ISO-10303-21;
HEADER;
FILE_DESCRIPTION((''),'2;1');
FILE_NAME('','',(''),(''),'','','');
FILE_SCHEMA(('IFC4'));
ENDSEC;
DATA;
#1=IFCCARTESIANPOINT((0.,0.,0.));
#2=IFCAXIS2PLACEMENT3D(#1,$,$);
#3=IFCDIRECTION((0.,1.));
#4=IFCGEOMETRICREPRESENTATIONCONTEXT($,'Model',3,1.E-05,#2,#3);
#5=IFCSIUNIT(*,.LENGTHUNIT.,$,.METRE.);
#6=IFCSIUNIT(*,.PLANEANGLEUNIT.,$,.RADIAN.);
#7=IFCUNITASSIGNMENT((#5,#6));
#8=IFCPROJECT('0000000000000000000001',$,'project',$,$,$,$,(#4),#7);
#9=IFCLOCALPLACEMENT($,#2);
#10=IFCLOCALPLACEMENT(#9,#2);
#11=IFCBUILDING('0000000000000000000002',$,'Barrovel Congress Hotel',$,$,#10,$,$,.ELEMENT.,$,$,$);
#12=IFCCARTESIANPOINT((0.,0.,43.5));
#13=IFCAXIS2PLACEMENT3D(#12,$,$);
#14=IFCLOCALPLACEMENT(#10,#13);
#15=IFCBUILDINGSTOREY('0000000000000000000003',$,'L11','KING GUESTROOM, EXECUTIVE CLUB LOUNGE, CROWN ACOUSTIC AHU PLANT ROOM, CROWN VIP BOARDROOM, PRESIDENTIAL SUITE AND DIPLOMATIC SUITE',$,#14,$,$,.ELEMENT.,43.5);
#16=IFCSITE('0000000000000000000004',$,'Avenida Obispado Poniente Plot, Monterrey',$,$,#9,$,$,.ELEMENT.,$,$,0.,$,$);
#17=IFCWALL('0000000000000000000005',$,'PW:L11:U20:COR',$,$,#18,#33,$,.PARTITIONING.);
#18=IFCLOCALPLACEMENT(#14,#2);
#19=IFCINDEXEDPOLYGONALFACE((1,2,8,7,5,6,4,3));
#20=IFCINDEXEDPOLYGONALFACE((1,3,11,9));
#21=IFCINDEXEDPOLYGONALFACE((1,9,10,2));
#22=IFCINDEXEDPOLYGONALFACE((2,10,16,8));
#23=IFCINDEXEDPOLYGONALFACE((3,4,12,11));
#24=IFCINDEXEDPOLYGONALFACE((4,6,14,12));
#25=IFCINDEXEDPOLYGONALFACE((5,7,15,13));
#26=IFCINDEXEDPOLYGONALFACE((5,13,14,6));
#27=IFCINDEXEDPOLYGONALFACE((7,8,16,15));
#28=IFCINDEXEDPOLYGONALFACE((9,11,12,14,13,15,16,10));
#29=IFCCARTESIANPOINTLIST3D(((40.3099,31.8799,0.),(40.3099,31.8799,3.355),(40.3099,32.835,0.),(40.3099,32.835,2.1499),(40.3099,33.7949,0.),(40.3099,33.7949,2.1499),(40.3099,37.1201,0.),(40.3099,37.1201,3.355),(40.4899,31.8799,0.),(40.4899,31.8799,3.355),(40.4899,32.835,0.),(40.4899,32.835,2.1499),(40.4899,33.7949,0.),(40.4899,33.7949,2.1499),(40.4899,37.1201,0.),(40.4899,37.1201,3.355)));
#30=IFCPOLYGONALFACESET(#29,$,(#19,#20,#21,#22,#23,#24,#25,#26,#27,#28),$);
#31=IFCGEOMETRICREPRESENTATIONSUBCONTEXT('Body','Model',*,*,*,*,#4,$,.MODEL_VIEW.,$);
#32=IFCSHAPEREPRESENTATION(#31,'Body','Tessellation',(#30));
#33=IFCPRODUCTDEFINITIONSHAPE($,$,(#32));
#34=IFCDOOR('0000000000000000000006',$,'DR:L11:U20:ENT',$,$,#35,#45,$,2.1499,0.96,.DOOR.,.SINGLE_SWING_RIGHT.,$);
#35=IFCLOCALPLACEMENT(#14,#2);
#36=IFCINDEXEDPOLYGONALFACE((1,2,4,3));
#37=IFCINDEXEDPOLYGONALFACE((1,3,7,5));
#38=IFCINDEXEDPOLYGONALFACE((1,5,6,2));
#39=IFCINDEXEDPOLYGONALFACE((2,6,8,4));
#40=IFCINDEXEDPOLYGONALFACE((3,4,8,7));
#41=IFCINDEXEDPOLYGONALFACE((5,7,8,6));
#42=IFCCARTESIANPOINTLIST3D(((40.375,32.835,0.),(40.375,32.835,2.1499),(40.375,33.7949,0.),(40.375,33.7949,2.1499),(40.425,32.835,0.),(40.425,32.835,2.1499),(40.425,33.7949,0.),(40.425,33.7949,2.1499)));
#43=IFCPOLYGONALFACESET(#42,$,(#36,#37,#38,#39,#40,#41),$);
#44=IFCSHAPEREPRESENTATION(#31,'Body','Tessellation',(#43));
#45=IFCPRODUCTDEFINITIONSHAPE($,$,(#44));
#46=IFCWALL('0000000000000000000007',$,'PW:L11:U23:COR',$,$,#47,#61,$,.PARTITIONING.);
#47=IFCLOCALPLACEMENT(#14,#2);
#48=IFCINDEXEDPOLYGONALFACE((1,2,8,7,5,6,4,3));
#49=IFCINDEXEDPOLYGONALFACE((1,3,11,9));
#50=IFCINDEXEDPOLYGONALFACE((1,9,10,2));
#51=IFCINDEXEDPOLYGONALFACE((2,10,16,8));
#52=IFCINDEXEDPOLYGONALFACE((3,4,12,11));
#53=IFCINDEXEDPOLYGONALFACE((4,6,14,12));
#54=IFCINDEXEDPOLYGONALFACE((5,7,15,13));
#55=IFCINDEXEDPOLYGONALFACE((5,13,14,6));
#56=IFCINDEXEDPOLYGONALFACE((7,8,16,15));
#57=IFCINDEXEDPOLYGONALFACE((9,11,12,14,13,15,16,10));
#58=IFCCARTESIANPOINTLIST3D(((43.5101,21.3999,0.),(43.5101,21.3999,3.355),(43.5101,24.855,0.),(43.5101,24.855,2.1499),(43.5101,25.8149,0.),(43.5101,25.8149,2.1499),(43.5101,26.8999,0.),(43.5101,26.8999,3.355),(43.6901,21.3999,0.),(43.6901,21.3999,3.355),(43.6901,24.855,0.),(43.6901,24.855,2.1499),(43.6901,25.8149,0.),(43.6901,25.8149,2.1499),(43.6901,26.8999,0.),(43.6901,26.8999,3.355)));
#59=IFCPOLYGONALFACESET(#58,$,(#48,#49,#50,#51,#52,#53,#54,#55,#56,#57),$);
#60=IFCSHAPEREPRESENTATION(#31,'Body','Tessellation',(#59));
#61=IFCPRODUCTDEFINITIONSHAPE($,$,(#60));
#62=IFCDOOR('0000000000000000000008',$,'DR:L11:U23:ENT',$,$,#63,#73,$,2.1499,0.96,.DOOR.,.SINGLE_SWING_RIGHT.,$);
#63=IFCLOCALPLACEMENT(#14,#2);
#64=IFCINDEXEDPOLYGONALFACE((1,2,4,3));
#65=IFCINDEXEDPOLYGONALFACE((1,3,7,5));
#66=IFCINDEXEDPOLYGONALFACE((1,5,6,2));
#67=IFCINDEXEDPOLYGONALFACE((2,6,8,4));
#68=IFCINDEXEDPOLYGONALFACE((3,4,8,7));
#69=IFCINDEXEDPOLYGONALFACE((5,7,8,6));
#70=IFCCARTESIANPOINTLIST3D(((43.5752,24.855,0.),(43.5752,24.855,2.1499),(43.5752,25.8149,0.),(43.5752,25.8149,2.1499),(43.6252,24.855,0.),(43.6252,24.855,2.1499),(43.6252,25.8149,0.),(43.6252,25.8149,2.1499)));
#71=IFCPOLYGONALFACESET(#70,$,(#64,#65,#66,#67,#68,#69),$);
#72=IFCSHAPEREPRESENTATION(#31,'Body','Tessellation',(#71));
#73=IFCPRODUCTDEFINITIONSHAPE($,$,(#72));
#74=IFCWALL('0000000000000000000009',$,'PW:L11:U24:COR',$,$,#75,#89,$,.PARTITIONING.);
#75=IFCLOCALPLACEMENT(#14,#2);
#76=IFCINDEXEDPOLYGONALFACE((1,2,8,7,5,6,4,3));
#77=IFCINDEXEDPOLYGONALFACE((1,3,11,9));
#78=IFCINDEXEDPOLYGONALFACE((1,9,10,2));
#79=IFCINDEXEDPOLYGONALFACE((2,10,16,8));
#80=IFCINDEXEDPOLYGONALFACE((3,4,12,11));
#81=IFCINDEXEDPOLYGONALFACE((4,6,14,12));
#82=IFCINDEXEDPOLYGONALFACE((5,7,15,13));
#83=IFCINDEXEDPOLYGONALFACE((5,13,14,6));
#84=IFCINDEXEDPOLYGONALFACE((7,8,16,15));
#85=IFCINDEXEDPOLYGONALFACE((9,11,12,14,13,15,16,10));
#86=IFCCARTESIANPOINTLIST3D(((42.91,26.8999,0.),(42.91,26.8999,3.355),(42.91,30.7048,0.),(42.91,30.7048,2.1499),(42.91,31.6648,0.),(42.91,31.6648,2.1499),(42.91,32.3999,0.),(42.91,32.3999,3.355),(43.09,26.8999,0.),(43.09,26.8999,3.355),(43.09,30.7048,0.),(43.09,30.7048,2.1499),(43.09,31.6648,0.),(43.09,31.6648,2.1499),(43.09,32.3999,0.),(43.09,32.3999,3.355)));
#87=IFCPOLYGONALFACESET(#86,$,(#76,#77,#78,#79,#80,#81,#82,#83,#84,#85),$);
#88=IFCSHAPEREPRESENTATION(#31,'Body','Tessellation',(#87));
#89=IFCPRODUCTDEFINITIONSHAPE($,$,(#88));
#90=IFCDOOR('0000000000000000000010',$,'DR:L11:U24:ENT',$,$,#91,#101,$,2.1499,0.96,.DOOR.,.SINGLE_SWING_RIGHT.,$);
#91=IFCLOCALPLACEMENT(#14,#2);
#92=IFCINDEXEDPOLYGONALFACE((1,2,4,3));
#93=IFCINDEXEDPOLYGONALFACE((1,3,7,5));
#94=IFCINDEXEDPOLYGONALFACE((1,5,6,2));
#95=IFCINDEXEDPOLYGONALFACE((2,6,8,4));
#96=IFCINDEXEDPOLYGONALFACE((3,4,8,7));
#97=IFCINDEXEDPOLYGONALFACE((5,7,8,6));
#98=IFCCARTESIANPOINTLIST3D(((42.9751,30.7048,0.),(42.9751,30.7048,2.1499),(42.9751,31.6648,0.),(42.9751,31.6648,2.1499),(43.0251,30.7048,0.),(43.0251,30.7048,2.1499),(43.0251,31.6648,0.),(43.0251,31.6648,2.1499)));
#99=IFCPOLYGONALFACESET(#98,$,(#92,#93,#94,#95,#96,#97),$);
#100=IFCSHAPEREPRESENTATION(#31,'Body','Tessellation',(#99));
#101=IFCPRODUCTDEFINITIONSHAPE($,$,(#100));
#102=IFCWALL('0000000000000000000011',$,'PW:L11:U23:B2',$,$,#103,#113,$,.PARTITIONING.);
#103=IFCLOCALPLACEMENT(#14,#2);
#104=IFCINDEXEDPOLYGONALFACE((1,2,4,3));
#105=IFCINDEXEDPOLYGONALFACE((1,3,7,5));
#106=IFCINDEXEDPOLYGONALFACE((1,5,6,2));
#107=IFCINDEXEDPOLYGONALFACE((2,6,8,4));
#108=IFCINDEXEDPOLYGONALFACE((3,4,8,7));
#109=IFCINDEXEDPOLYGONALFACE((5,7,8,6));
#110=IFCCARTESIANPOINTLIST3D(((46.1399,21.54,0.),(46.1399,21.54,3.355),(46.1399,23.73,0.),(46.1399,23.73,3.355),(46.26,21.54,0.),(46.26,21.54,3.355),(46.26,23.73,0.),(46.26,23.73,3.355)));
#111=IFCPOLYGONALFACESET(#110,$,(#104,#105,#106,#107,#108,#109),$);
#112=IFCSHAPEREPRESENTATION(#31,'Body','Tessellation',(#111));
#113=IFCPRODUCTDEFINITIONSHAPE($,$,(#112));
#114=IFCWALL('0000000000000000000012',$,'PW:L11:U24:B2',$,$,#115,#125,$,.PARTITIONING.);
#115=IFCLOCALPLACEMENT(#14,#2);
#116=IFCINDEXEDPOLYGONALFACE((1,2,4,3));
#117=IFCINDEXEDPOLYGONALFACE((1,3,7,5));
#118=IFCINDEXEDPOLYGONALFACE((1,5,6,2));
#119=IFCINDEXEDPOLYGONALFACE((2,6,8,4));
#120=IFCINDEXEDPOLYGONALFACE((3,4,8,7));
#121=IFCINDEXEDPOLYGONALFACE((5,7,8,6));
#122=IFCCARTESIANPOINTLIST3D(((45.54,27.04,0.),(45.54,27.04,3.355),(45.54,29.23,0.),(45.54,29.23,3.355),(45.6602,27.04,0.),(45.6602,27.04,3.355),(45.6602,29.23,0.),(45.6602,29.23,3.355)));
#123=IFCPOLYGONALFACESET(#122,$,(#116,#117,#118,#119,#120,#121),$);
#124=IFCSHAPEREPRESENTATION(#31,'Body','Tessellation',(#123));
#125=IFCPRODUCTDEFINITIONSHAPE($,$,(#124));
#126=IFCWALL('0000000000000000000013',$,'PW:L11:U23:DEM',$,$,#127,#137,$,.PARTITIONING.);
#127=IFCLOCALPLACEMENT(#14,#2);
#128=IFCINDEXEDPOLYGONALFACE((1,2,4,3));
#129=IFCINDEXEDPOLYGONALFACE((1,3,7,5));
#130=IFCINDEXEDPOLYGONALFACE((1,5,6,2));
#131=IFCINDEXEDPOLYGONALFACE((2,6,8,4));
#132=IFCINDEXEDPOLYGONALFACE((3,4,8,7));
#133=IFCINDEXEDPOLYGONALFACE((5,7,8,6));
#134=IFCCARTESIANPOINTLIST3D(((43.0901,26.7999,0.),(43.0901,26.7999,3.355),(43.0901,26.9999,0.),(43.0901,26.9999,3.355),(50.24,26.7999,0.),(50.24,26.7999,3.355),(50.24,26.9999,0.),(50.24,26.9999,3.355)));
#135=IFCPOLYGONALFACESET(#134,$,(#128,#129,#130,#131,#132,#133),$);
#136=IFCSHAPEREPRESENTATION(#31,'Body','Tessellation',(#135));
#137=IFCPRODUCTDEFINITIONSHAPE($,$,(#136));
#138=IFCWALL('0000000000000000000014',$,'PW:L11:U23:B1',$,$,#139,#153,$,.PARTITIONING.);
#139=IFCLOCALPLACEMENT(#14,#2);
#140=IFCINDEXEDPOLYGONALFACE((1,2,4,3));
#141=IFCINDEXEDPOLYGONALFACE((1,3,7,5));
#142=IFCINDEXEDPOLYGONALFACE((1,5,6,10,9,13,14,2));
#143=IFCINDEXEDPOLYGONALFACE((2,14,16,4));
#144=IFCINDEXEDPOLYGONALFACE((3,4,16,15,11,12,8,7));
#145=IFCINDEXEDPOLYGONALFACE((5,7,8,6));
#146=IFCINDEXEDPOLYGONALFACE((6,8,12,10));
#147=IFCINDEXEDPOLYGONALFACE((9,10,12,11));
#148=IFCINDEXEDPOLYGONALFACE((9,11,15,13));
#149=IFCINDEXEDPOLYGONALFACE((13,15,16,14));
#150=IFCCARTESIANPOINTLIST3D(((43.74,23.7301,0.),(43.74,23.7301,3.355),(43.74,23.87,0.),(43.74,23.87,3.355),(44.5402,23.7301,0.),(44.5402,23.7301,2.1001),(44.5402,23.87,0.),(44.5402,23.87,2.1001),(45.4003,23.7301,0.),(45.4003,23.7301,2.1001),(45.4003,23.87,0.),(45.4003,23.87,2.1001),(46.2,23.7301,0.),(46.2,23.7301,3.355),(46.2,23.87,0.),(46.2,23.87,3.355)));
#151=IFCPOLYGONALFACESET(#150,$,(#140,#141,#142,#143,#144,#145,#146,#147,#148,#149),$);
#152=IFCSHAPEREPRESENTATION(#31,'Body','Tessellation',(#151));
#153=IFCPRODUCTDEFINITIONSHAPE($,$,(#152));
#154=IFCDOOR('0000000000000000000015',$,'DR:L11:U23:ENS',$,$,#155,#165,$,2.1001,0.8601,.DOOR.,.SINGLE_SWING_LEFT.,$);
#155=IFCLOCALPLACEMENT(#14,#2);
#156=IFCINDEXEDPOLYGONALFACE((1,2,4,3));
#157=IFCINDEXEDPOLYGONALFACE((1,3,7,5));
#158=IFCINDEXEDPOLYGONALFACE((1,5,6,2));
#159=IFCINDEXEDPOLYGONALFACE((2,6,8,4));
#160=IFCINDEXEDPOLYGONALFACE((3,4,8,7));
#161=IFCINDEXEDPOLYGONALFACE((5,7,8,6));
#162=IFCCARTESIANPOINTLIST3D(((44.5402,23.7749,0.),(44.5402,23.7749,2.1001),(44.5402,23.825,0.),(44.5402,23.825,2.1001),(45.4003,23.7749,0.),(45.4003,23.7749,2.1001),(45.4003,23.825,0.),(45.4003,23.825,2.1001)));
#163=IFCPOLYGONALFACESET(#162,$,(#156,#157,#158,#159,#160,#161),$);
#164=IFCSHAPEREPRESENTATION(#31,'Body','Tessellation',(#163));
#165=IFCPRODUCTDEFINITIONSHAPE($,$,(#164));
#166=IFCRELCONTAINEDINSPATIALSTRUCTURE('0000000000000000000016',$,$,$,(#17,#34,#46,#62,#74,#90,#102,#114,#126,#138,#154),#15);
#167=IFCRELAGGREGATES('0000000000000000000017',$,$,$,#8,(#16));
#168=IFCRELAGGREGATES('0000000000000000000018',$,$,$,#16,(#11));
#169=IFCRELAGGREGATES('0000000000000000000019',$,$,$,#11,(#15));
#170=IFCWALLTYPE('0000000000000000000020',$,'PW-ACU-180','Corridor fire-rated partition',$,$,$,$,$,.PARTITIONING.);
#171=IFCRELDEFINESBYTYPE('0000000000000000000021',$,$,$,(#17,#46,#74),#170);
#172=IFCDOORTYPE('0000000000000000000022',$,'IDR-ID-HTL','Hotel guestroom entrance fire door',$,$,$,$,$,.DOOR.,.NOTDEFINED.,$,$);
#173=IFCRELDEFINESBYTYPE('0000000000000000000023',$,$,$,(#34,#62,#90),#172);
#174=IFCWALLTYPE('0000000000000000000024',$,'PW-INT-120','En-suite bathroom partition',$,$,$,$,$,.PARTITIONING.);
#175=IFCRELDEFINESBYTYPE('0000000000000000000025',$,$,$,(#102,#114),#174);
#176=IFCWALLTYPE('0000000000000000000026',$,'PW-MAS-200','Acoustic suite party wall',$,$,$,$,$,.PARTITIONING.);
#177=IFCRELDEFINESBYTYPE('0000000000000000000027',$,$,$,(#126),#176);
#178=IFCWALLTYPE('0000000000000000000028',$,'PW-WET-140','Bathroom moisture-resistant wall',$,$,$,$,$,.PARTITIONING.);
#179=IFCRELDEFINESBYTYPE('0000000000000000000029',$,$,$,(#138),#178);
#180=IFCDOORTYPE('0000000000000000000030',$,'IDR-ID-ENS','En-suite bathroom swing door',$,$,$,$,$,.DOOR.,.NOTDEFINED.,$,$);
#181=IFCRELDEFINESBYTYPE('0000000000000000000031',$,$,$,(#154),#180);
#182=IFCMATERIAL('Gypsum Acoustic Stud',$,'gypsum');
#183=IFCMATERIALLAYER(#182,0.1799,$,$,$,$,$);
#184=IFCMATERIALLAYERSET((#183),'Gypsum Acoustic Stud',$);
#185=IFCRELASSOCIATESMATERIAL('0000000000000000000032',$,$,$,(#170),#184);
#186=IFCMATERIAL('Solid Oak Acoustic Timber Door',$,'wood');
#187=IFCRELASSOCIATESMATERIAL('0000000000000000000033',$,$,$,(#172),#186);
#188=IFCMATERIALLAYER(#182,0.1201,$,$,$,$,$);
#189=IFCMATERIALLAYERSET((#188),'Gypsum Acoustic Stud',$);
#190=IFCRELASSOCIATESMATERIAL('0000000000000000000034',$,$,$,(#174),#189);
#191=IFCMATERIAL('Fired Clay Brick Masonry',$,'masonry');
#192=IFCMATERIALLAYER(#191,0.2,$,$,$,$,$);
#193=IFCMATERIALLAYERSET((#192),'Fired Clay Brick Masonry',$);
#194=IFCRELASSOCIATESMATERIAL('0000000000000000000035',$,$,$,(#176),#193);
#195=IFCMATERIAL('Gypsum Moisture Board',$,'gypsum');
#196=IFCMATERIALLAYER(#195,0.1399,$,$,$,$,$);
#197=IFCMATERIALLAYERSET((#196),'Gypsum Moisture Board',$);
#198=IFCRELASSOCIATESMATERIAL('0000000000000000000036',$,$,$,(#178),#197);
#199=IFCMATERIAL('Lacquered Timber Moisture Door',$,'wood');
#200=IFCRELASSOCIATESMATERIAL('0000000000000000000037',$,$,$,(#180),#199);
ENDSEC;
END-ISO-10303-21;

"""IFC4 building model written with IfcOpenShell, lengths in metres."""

from ifc_helpers import new_model, si_unit, direction, frame, frame_2d, origin, place, context, subcontext, project, spatial, rectangle, extrude, material, layer, layer_set, type_object, element, fill, save


model = new_model("IFC4")

# Units and contexts
model_context = context("Model", 3, precision=1e-05, world=origin(), true_north=direction((0.0, 1.0)))
body_context = subcontext(model_context, "Body", "Model", "MODEL_VIEW")
ifc_project = project(units=[si_unit("LENGTHUNIT", "METRE"), si_unit("PLANEANGLEUNIT", "RADIAN")], contexts=[model_context])

# Site, building, storey
site_placement = place(None, origin())
site = spatial("IfcSite", under=ifc_project, at=site_placement, Name="Avenida Obispado Poniente Plot, Monterrey", CompositionType="ELEMENT", RefElevation=0.0)
building_placement = place(site_placement, origin())
building = spatial("IfcBuilding", under=site, at=building_placement, Name="Barrovel Congress Hotel", CompositionType="ELEMENT")
storey_placement = place(building_placement, frame((0.0, 0.0, 43.5)))
storey = spatial("IfcBuildingStorey", under=building, at=storey_placement, Name="L11", Description="KING GUESTROOM, EXECUTIVE CLUB LOUNGE, CROWN ACOUSTIC AHU PLANT ROOM, CROWN VIP BOARDROOM, PRESIDENTIAL SUITE AND DIPLOMATIC SUITE", CompositionType="ELEMENT", Elevation=43.5)

# Walls, openings, doors
ifc_material_1 = material(Name="Gypsum Acoustic Stud", Category="gypsum")
ifc_layer_1 = layer(ifc_material_1, 0.1799)
ifc_layer_set_1 = layer_set([ifc_layer_1], Name="Gypsum Acoustic Stud")
wall_type_1 = type_object("IfcWallType", Name="PW-ACU-180", Description="Corridor fire-rated partition", PredefinedType="PARTITIONING", material=ifc_layer_set_1)
ifc_material_2 = material(Name="Solid Oak Acoustic Timber Door", Category="wood")
door_type_1 = type_object("IfcDoorType", Name="IDR-ID-HTL", Description="Hotel guestroom entrance fire door", OperationType="NOTDEFINED", PredefinedType="DOOR", material=ifc_material_2)
wall_1_placement = place(storey_placement, frame((40.3999, 31.8799, 0.0), z_axis=(0.0, 0.0, 1.0), x_axis=(0.0, 1.0, 0.0)))
wall_1 = element("IfcWall", 1, at=wall_1_placement, inside=storey, type_object=wall_type_1, Name="PW:L11:U20:COR", PredefinedType="PARTITIONING", context=body_context, shape_type="SweptSolid", body=[
    extrude(rectangle(XDim=5.2402, YDim=0.1799, at=frame_2d((2.6201, 0.0))), origin(), (0.0, 0.0, 1.0), 3.355),
])
opening_1_placement = place(wall_1_placement, frame((0.9551, 0.0, 0.0)))
opening_1 = element("IfcOpeningElement", 2, at=opening_1_placement, cuts=wall_1, PredefinedType="OPENING", context=body_context, shape_type="SweptSolid", body=[
    extrude(rectangle(XDim=0.96, YDim=2.1499, at=frame_2d((0.48, 1.075))), frame((0.0, 0.1001, 0.0), z_axis=(0.0, -1.0, 0.0), x_axis=(1.0, 0.0, 0.0)), (0.0, 0.0, 1.0), 0.2),
])
door_1_placement = place(opening_1_placement, origin())
door_1 = element("IfcDoor", 3, at=door_1_placement, inside=storey, type_object=door_type_1, Name="DR:L11:U20:ENT", OperationType="SINGLE_SWING_RIGHT", OverallHeight=2.1499, OverallWidth=0.96, PredefinedType="DOOR", context=body_context, shape_type="SweptSolid", body=[
    extrude(rectangle(XDim=0.96, YDim=2.1499, at=frame_2d((0.48, 1.075))), frame((0.0, 0.0249, 0.0), z_axis=(0.0, -1.0, 0.0), x_axis=(1.0, 0.0, 0.0)), (0.0, 0.0, 1.0), 0.05),
])
fill(opening_1, door_1)
wall_2_placement = place(storey_placement, frame((43.6001, 21.3999, 0.0), z_axis=(0.0, 0.0, 1.0), x_axis=(0.0, 1.0, 0.0)))
wall_2 = element("IfcWall", 4, at=wall_2_placement, inside=storey, type_object=wall_type_1, Name="PW:L11:U23:COR", PredefinedType="PARTITIONING", context=body_context, shape_type="SweptSolid", body=[
    extrude(rectangle(XDim=5.5, YDim=0.1799, at=frame_2d((2.75, 0.0))), origin(), (0.0, 0.0, 1.0), 3.355),
])
opening_2_placement = place(wall_2_placement, frame((3.4551, 0.0, 0.0)))
opening_2 = element("IfcOpeningElement", 5, at=opening_2_placement, cuts=wall_2, PredefinedType="OPENING", context=body_context, shape_type="SweptSolid", body=[
    extrude(rectangle(XDim=0.96, YDim=2.1499, at=frame_2d((0.48, 1.075))), frame((0.0, 0.1001, 0.0), z_axis=(0.0, -1.0, 0.0), x_axis=(1.0, 0.0, 0.0)), (0.0, 0.0, 1.0), 0.2),
])
door_2_placement = place(opening_2_placement, origin())
door_2 = element("IfcDoor", 6, at=door_2_placement, inside=storey, type_object=door_type_1, Name="DR:L11:U23:ENT", OperationType="SINGLE_SWING_RIGHT", OverallHeight=2.1499, OverallWidth=0.96, PredefinedType="DOOR", context=body_context, shape_type="SweptSolid", body=[
    extrude(rectangle(XDim=0.96, YDim=2.1499, at=frame_2d((0.48, 1.075))), frame((0.0, 0.0249, 0.0), z_axis=(0.0, -1.0, 0.0), x_axis=(1.0, 0.0, 0.0)), (0.0, 0.0, 1.0), 0.05),
])
fill(opening_2, door_2)
wall_3_placement = place(storey_placement, frame((43.0, 26.8999, 0.0), z_axis=(0.0, 0.0, 1.0), x_axis=(0.0, 1.0, 0.0)))
wall_3 = element("IfcWall", 7, at=wall_3_placement, inside=storey, type_object=wall_type_1, Name="PW:L11:U24:COR", PredefinedType="PARTITIONING", context=body_context, shape_type="SweptSolid", body=[
    extrude(rectangle(XDim=5.5, YDim=0.1799, at=frame_2d((2.75, 0.0))), origin(), (0.0, 0.0, 1.0), 3.355),
])
opening_3_placement = place(wall_3_placement, frame((3.8049, 0.0, 0.0)))
opening_3 = element("IfcOpeningElement", 8, at=opening_3_placement, cuts=wall_3, PredefinedType="OPENING", context=body_context, shape_type="SweptSolid", body=[
    extrude(rectangle(XDim=0.96, YDim=2.1499, at=frame_2d((0.48, 1.075))), frame((0.0, 0.1001, 0.0), z_axis=(0.0, -1.0, 0.0), x_axis=(1.0, 0.0, 0.0)), (0.0, 0.0, 1.0), 0.2),
])
door_3_placement = place(opening_3_placement, origin())
door_3 = element("IfcDoor", 9, at=door_3_placement, inside=storey, type_object=door_type_1, Name="DR:L11:U24:ENT", OperationType="SINGLE_SWING_RIGHT", OverallHeight=2.1499, OverallWidth=0.96, PredefinedType="DOOR", context=body_context, shape_type="SweptSolid", body=[
    extrude(rectangle(XDim=0.96, YDim=2.1499, at=frame_2d((0.48, 1.075))), frame((0.0, 0.0249, 0.0), z_axis=(0.0, -1.0, 0.0), x_axis=(1.0, 0.0, 0.0)), (0.0, 0.0, 1.0), 0.05),
])
fill(opening_3, door_3)

# Walls
ifc_layer_2 = layer(ifc_material_1, 0.1201)
ifc_layer_set_2 = layer_set([ifc_layer_2], Name="Gypsum Acoustic Stud")
wall_type_2 = type_object("IfcWallType", Name="PW-INT-120", Description="En-suite bathroom partition", PredefinedType="PARTITIONING", material=ifc_layer_set_2)
for number, where, z_axis, x_axis, name in (
    (10, (46.2, 21.54, 0.0), (0.0, 0.0, 1.0), (0.0, 1.0, 0.0), "PW:L11:U23:B2"),
    (11, (45.6001, 27.04, 0.0), (0.0, 0.0, 1.0), (0.0, 1.0, 0.0), "PW:L11:U24:B2"),
):
    element("IfcWall", number, at=place(storey_placement, frame(where, z_axis=z_axis, x_axis=x_axis)), inside=storey, type_object=wall_type_2, Name=name, PredefinedType="PARTITIONING", context=body_context, shape_type="SweptSolid", body=[
        extrude(rectangle(XDim=2.1899, YDim=0.1201, at=frame_2d((1.095, 0.0))), origin(), (0.0, 0.0, 1.0), 3.355),
    ])
ifc_material_3 = material(Name="Fired Clay Brick Masonry", Category="masonry")
ifc_layer_3 = layer(ifc_material_3, 0.2)
ifc_layer_set_3 = layer_set([ifc_layer_3], Name="Fired Clay Brick Masonry")
wall_type_3 = type_object("IfcWallType", Name="PW-MAS-200", Description="Acoustic suite party wall", PredefinedType="PARTITIONING", material=ifc_layer_set_3)
wall_4_placement = place(storey_placement, frame((43.0901, 26.8999, 0.0), z_axis=(0.0, 0.0, 1.0), x_axis=(1.0, 0.0, 0.0)))
element("IfcWall", 12, at=wall_4_placement, inside=storey, type_object=wall_type_3, Name="PW:L11:U23:DEM", PredefinedType="PARTITIONING", context=body_context, shape_type="SweptSolid", body=[
    extrude(rectangle(XDim=7.1499, YDim=0.2, at=frame_2d((3.575, 0.0))), origin(), (0.0, 0.0, 1.0), 3.355),
])

# Wall, opening, door
ifc_material_4 = material(Name="Gypsum Moisture Board", Category="gypsum")
ifc_layer_4 = layer(ifc_material_4, 0.1399)
ifc_layer_set_4 = layer_set([ifc_layer_4], Name="Gypsum Moisture Board")
wall_type_4 = type_object("IfcWallType", Name="PW-WET-140", Description="Bathroom moisture-resistant wall", PredefinedType="PARTITIONING", material=ifc_layer_set_4)
wall_5_placement = place(storey_placement, frame((43.74, 23.8, 0.0), z_axis=(0.0, 0.0, 1.0), x_axis=(1.0, 0.0, 0.0)))
wall_5 = element("IfcWall", 13, at=wall_5_placement, inside=storey, type_object=wall_type_4, Name="PW:L11:U23:B1", PredefinedType="PARTITIONING", context=body_context, shape_type="SweptSolid", body=[
    extrude(rectangle(XDim=2.46, YDim=0.1399, at=frame_2d((1.23, 0.0))), origin(), (0.0, 0.0, 1.0), 3.355),
])
opening_4_placement = place(wall_5_placement, frame((0.8, 0.0, 0.0)))
opening_4 = element("IfcOpeningElement", 14, at=opening_4_placement, cuts=wall_5, PredefinedType="OPENING", context=body_context, shape_type="SweptSolid", body=[
    extrude(rectangle(XDim=0.8601, YDim=2.1001, at=frame_2d((0.4302, 1.05))), frame((0.0, 0.0801, 0.0), z_axis=(0.0, -1.0, 0.0), x_axis=(1.0, 0.0, 0.0)), (0.0, 0.0, 1.0), 0.1599),
])
ifc_material_5 = material(Name="Lacquered Timber Moisture Door", Category="wood")
door_type_2 = type_object("IfcDoorType", Name="IDR-ID-ENS", Description="En-suite bathroom swing door", OperationType="NOTDEFINED", PredefinedType="DOOR", material=ifc_material_5)
door_4_placement = place(opening_4_placement, origin())
door_4 = element("IfcDoor", 15, at=door_4_placement, inside=storey, type_object=door_type_2, Name="DR:L11:U23:ENS", OperationType="SINGLE_SWING_LEFT", OverallHeight=2.1001, OverallWidth=0.8601, PredefinedType="DOOR", context=body_context, shape_type="SweptSolid", body=[
    extrude(rectangle(XDim=0.8601, YDim=2.1001, at=frame_2d((0.4302, 1.05))), frame((0.0, 0.0249, 0.0), z_axis=(0.0, -1.0, 0.0), x_axis=(1.0, 0.0, 0.0)), (0.0, 0.0, 1.0), 0.05),
])
fill(opening_4, door_4)

save(model, "model.ifc")
